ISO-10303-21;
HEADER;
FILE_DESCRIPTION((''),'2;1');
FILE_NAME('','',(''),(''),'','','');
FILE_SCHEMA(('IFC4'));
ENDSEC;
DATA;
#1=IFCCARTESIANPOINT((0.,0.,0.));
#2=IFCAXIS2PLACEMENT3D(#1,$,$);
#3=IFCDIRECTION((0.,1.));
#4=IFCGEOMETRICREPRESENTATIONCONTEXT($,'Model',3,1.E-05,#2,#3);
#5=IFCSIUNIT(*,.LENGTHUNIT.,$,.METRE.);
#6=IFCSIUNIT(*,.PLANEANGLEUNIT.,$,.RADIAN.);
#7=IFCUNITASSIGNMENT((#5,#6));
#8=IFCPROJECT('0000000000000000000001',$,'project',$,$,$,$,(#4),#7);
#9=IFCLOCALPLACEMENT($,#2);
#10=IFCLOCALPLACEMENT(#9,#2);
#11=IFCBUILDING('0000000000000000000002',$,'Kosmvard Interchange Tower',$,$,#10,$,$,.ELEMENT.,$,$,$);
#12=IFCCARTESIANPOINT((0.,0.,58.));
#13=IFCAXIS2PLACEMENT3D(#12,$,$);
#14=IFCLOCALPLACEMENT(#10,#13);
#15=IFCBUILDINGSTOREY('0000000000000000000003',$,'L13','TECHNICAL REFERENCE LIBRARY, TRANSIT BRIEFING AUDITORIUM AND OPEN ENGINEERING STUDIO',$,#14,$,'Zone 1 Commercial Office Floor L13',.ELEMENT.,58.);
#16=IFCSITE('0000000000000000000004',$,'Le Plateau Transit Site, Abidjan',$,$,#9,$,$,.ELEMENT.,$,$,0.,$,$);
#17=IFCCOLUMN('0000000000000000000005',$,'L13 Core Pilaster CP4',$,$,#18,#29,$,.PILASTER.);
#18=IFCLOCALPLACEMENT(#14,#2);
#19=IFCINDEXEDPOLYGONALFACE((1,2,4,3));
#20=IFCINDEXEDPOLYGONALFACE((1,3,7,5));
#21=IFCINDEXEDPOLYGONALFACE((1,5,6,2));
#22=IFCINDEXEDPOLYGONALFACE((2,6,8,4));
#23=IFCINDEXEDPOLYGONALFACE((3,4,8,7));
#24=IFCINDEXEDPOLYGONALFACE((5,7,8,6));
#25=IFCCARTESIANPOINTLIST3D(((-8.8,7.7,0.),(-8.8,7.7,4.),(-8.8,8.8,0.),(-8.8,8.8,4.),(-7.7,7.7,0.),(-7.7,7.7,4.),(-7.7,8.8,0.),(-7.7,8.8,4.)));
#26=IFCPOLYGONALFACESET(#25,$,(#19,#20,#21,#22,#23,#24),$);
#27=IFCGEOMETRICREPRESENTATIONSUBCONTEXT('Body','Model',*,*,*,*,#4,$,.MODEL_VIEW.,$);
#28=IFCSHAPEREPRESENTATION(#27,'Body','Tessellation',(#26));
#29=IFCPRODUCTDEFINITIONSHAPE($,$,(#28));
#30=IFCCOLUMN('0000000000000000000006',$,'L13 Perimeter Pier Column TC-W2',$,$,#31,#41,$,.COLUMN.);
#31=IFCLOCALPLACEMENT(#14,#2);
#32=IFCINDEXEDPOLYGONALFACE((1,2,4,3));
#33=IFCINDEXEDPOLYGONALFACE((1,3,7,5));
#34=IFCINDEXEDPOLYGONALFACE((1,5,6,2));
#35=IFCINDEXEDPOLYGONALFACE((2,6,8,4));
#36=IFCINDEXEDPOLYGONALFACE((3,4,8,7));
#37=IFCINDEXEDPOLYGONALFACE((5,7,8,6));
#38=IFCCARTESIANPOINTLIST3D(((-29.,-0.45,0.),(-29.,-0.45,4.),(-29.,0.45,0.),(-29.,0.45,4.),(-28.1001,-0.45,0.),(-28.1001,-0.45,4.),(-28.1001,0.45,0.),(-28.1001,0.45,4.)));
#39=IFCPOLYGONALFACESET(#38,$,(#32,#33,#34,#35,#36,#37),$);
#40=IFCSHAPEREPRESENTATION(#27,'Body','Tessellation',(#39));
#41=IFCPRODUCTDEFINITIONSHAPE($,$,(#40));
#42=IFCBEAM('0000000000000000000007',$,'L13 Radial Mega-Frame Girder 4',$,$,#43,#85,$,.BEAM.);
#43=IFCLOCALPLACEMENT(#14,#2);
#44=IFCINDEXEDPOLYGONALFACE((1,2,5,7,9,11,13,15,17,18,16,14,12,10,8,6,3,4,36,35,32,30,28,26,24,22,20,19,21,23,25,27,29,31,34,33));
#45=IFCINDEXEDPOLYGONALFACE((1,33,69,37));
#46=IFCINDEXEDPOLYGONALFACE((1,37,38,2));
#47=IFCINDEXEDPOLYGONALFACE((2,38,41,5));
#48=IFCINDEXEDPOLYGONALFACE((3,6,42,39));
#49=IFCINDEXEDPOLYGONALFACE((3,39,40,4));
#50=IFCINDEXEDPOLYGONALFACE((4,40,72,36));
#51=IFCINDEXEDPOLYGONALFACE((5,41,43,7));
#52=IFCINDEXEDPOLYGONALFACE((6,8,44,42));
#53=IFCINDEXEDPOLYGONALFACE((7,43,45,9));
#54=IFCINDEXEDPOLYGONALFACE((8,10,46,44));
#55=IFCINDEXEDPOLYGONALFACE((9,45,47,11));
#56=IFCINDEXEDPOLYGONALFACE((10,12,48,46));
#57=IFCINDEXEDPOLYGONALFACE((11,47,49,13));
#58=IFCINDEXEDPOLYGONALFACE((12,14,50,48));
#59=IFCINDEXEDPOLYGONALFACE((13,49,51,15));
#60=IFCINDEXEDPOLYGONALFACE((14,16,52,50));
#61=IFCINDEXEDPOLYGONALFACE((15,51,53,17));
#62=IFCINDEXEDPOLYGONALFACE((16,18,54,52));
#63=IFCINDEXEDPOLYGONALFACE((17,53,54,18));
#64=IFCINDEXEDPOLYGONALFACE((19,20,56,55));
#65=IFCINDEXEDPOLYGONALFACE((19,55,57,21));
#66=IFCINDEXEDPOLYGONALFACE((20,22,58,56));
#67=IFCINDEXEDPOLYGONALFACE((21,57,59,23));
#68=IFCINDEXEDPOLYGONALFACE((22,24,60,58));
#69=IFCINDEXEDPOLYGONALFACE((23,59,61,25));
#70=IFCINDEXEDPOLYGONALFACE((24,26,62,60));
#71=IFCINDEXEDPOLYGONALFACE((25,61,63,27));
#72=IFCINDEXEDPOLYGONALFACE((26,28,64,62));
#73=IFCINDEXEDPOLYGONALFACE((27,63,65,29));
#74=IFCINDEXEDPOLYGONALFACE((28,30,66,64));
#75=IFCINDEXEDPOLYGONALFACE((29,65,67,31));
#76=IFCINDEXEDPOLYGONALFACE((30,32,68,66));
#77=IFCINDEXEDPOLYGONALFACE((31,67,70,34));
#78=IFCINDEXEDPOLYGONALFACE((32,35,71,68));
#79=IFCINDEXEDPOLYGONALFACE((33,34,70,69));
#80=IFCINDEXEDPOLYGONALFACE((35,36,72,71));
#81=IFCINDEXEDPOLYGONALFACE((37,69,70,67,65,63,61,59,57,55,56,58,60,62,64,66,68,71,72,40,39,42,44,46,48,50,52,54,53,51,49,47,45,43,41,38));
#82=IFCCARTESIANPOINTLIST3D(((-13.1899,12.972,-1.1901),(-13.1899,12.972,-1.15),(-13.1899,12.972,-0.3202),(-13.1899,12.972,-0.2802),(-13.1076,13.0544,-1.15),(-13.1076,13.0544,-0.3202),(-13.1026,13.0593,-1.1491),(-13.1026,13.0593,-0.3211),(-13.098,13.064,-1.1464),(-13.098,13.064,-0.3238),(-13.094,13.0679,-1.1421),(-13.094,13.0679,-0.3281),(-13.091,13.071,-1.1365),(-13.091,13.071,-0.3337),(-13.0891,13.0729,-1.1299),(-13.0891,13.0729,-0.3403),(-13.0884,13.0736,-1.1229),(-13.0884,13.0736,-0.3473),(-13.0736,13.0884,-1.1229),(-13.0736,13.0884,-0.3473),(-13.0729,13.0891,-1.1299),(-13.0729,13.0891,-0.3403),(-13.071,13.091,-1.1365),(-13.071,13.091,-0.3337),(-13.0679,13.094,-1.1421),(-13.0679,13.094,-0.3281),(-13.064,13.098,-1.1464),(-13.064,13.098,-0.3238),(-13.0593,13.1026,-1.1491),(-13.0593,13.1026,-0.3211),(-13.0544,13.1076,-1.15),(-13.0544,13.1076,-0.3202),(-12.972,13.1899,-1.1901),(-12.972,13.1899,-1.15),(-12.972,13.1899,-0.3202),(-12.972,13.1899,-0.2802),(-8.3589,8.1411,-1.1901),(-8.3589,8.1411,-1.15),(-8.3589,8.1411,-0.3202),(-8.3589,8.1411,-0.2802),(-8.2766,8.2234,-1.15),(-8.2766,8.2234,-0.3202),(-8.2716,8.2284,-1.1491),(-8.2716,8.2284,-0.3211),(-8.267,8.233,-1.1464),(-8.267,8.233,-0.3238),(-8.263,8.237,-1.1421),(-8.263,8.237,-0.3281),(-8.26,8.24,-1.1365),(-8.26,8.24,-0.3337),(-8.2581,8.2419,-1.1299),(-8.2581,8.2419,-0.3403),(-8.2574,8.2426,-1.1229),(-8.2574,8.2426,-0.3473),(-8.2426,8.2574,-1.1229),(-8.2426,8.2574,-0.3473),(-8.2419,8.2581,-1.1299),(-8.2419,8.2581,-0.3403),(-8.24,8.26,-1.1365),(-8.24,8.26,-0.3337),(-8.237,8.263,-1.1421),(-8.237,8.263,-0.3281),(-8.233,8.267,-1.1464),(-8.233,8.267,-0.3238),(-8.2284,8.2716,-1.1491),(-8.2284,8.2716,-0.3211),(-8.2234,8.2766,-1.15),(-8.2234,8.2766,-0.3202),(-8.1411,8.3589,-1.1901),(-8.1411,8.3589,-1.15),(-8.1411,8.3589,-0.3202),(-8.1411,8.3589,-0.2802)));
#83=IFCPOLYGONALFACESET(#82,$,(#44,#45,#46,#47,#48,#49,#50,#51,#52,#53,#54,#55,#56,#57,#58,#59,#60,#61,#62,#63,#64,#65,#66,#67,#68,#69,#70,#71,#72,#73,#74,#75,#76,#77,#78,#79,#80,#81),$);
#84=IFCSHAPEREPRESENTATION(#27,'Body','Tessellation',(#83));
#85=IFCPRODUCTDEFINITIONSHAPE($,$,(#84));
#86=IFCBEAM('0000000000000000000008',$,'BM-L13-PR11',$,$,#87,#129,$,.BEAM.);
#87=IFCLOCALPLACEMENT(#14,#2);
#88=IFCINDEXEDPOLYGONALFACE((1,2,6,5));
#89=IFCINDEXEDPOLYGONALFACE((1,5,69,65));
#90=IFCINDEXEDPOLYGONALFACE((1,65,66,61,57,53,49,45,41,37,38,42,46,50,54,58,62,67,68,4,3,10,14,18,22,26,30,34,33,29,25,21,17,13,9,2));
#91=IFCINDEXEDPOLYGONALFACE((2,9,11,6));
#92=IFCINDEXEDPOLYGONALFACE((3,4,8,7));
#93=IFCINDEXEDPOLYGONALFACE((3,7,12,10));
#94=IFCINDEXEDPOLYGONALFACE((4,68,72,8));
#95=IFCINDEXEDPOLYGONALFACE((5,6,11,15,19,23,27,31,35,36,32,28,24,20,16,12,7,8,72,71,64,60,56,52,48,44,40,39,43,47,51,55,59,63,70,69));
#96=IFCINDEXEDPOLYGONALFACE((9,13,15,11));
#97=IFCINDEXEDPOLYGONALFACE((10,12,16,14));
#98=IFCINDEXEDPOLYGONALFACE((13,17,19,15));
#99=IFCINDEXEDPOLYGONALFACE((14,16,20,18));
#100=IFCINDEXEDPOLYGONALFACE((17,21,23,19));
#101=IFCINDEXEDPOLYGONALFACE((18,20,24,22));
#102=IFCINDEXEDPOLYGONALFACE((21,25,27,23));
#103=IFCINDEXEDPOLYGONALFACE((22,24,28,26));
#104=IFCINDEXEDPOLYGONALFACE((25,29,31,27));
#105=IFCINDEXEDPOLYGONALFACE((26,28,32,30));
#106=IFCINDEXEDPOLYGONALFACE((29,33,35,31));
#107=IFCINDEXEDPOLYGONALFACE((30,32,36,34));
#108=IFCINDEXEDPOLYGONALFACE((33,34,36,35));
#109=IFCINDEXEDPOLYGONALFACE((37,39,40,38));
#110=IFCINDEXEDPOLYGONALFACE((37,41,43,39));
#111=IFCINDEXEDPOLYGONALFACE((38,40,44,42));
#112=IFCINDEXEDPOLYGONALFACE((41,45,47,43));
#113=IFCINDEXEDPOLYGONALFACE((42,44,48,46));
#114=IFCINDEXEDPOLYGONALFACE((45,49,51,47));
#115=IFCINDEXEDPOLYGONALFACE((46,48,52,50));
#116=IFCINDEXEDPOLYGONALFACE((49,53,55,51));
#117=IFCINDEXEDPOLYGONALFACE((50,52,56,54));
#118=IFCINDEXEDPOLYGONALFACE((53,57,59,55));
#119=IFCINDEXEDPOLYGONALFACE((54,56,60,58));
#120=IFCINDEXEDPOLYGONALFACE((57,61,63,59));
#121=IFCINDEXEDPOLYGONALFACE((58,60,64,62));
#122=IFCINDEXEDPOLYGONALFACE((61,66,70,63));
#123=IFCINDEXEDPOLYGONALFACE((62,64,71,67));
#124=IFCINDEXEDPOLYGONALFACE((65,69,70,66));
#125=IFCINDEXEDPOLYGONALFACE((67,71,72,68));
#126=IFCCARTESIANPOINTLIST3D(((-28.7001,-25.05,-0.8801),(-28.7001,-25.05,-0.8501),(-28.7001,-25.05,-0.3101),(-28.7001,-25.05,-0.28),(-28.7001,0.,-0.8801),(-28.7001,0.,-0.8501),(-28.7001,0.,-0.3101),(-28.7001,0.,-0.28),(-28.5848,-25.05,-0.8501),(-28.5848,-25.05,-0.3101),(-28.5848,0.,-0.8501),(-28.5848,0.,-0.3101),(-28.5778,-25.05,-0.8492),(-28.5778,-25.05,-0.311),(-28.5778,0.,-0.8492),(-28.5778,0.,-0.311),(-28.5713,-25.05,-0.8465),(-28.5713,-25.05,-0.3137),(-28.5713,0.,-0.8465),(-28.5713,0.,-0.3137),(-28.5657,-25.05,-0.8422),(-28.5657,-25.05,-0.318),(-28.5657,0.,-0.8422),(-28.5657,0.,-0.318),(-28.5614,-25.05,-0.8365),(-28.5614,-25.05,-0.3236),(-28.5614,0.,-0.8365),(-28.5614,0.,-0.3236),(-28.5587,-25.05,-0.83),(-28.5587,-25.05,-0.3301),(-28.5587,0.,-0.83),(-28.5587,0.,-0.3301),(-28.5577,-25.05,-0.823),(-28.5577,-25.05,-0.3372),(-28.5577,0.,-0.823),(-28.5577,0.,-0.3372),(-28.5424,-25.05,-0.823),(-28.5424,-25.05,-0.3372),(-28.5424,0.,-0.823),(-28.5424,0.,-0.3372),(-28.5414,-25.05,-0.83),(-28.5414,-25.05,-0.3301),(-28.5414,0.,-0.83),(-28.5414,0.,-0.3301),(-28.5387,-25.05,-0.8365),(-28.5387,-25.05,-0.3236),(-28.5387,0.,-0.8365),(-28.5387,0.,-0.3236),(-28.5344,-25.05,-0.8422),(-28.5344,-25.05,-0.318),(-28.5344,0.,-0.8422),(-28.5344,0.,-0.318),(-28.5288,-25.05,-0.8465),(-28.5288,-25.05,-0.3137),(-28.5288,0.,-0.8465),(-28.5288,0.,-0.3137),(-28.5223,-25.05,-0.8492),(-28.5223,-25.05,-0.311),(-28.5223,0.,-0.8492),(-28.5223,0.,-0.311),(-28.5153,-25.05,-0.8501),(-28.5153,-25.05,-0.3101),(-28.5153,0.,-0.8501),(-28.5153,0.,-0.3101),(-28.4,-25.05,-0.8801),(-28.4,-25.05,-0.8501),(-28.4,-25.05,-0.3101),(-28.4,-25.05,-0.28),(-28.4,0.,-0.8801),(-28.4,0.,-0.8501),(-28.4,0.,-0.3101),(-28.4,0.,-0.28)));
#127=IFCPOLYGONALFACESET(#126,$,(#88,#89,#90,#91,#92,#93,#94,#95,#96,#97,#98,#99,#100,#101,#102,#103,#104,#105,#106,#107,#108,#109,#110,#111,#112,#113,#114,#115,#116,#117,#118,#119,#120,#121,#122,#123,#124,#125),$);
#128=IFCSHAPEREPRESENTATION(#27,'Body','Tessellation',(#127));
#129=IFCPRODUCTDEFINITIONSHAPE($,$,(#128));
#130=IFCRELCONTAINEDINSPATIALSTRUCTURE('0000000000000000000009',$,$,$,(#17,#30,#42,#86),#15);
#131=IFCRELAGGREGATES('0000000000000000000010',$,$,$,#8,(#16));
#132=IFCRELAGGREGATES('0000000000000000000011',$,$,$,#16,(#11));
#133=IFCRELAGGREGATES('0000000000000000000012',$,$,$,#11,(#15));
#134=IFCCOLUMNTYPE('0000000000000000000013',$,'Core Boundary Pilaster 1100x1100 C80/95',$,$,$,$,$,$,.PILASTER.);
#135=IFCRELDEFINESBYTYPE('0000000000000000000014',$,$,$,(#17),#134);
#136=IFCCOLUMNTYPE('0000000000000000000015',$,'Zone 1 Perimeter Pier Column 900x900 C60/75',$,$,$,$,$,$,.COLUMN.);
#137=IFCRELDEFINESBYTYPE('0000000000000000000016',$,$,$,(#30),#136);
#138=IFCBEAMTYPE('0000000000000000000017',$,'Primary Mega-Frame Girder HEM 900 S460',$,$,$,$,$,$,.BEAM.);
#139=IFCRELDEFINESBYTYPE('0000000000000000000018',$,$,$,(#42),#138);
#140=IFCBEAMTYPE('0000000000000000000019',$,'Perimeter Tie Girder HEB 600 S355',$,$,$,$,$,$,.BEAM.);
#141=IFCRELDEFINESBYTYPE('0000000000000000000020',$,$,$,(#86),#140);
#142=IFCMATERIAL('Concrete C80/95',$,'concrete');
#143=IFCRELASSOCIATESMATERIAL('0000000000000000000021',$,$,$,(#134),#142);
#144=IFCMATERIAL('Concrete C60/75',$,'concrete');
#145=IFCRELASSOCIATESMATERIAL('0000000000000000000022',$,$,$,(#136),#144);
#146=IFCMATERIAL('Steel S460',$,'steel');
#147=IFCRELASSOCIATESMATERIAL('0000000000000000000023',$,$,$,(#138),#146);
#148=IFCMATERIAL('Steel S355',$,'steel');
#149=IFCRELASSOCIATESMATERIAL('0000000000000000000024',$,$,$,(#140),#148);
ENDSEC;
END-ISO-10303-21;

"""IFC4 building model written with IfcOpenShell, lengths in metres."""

from ifc_helpers import new_model, si_unit, direction, frame, origin, origin_2d, place, context, subcontext, project, spatial, rectangle, i_section, extrude, source, transform, mapped, material, material_profile, profile_set, type_object, element, save


model = new_model("IFC4")

# Units and contexts
model_context = context("Model", 3, precision=1e-05, world=origin(), true_north=direction((0.0, 1.0)))
body_context = subcontext(model_context, "Body", "Model", "MODEL_VIEW")
ifc_project = project(units=[si_unit("LENGTHUNIT", "METRE"), si_unit("PLANEANGLEUNIT", "RADIAN")], contexts=[model_context])

# Site, building, storey
site_placement = place(None, origin())
site = spatial("IfcSite", under=ifc_project, at=site_placement, Name="Le Plateau Transit Site, Abidjan", CompositionType="ELEMENT", RefElevation=0.0)
building_placement = place(site_placement, origin())
building = spatial("IfcBuilding", under=site, at=building_placement, Name="Kosmvard Interchange Tower", CompositionType="ELEMENT")
storey_placement = place(building_placement, frame((0.0, 0.0, 58.0)))
storey = spatial("IfcBuildingStorey", under=building, at=storey_placement, Name="L13", Description="TECHNICAL REFERENCE LIBRARY, TRANSIT BRIEFING AUDITORIUM AND OPEN ENGINEERING STUDIO", LongName="Zone 1 Commercial Office Floor L13", CompositionType="ELEMENT", Elevation=58.0)

# Columns
ifc_material_1 = material(Name="Concrete C80/95", Category="concrete")
ifc_material_profile_1 = material_profile(ifc_material_1, rectangle(XDim=1.1001, YDim=1.1001, at=origin_2d()), Name="CP 1100x1100")
ifc_profile_set_1 = profile_set([ifc_material_profile_1], Name="Concrete C80/95")
column_type_1 = type_object("IfcColumnType", Name="Core Boundary Pilaster 1100x1100 C80/95", PredefinedType="PILASTER", material=ifc_profile_set_1)
shared_shape_1 = source(origin(), body_context, "Body", "SweptSolid", [
    extrude(rectangle(XDim=1.1001, YDim=1.1001, at=origin_2d()), origin(), (0.0, 0.0, 1.0), 4.0),
])
column_1_placement = place(storey_placement, frame((-8.25, 8.25, 0.0), z_axis=(0.0, 0.0, 1.0), x_axis=(1.0, 0.0, 0.0)))
element("IfcColumn", 1, at=column_1_placement, inside=storey, type_object=column_type_1, Name="L13 Core Pilaster CP4", PredefinedType="PILASTER", context=body_context, shape_type="MappedRepresentation", body=[
    mapped(shared_shape_1, transform((0.0, 0.0, 0.0), scale=1.0)),
])
ifc_material_2 = material(Name="Concrete C60/75", Category="concrete")
ifc_material_profile_2 = material_profile(ifc_material_2, rectangle(XDim=0.8999, YDim=0.8999, at=origin_2d()), Name="TC 900x900")
ifc_profile_set_2 = profile_set([ifc_material_profile_2], Name="Concrete C60/75")
column_type_2 = type_object("IfcColumnType", Name="Zone 1 Perimeter Pier Column 900x900 C60/75", PredefinedType="COLUMN", material=ifc_profile_set_2)
shared_shape_2 = source(origin(), body_context, "Body", "SweptSolid", [
    extrude(rectangle(XDim=0.8999, YDim=0.8999, at=origin_2d()), origin(), (0.0, 0.0, 1.0), 4.0),
])
column_2_placement = place(storey_placement, frame((-28.55, 0.0, 0.0), z_axis=(0.0, 0.0, 1.0), x_axis=(1.0, 0.0, 0.0)))
element("IfcColumn", 2, at=column_2_placement, inside=storey, type_object=column_type_2, Name="L13 Perimeter Pier Column TC-W2", PredefinedType="COLUMN", context=body_context, shape_type="MappedRepresentation", body=[
    mapped(shared_shape_2, transform((0.0, 0.0, 0.0), scale=1.0)),
])

# Beams
ifc_material_3 = material(Name="Steel S460", Category="steel")
ifc_material_profile_3 = material_profile(ifc_material_3, i_section(OverallWidth=0.3081, OverallDepth=0.9099, WebThickness=0.021, FlangeThickness=0.04, FilletRadius=0.0271, at=origin_2d()), Name="HEM 900")
ifc_profile_set_3 = profile_set([ifc_material_profile_3], Name="Steel S460")
beam_type_1 = type_object("IfcBeamType", Name="Primary Mega-Frame Girder HEM 900 S460", PredefinedType="BEAM", material=ifc_profile_set_3)
shared_shape_3 = source(origin(), body_context, "Body", "SweptSolid", [
    extrude(i_section(OverallWidth=0.3081, OverallDepth=0.9099, WebThickness=0.021, FlangeThickness=0.04, FilletRadius=0.0271, at=origin_2d()), origin(), (0.0, 0.0, 1.0), 6.832),
])
beam_1_placement = place(storey_placement, frame((-8.25, 8.25, -0.7351), z_axis=(-0.707107, 0.707107, 0.0), x_axis=(-0.707107, -0.707107, 0.0)))
element("IfcBeam", 3, at=beam_1_placement, inside=storey, type_object=beam_type_1, Name="L13 Radial Mega-Frame Girder 4", PredefinedType="BEAM", context=body_context, shape_type="MappedRepresentation", body=[
    mapped(shared_shape_3, transform((0.0, 0.0, 0.0), scale=1.0)),
])
ifc_material_4 = material(Name="Steel S355", Category="steel")
ifc_material_profile_4 = material_profile(ifc_material_4, i_section(OverallWidth=0.3, OverallDepth=0.6001, WebThickness=0.0154, FlangeThickness=0.03, FilletRadius=0.0271, at=origin_2d()), Name="HEB 600")
ifc_profile_set_4 = profile_set([ifc_material_profile_4], Name="Steel S355")
beam_type_2 = type_object("IfcBeamType", Name="Perimeter Tie Girder HEB 600 S355", PredefinedType="BEAM", material=ifc_profile_set_4)
shared_shape_4 = source(origin(), body_context, "Body", "SweptSolid", [
    extrude(i_section(OverallWidth=0.3, OverallDepth=0.6001, WebThickness=0.0154, FlangeThickness=0.03, FilletRadius=0.0271, at=origin_2d()), origin(), (0.0, 0.0, 1.0), 25.05),
])
beam_2_placement = place(storey_placement, frame((-28.55, 0.0, -0.5801), z_axis=(0.0, -1.0, 0.0), x_axis=(1.0, 0.0, 0.0)))
element("IfcBeam", 4, at=beam_2_placement, inside=storey, type_object=beam_type_2, Name="BM-L13-PR11", PredefinedType="BEAM", context=body_context, shape_type="MappedRepresentation", body=[
    mapped(shared_shape_4, transform((0.0, 0.0, 0.0), scale=1.0)),
])

save(model, "model.ifc")
